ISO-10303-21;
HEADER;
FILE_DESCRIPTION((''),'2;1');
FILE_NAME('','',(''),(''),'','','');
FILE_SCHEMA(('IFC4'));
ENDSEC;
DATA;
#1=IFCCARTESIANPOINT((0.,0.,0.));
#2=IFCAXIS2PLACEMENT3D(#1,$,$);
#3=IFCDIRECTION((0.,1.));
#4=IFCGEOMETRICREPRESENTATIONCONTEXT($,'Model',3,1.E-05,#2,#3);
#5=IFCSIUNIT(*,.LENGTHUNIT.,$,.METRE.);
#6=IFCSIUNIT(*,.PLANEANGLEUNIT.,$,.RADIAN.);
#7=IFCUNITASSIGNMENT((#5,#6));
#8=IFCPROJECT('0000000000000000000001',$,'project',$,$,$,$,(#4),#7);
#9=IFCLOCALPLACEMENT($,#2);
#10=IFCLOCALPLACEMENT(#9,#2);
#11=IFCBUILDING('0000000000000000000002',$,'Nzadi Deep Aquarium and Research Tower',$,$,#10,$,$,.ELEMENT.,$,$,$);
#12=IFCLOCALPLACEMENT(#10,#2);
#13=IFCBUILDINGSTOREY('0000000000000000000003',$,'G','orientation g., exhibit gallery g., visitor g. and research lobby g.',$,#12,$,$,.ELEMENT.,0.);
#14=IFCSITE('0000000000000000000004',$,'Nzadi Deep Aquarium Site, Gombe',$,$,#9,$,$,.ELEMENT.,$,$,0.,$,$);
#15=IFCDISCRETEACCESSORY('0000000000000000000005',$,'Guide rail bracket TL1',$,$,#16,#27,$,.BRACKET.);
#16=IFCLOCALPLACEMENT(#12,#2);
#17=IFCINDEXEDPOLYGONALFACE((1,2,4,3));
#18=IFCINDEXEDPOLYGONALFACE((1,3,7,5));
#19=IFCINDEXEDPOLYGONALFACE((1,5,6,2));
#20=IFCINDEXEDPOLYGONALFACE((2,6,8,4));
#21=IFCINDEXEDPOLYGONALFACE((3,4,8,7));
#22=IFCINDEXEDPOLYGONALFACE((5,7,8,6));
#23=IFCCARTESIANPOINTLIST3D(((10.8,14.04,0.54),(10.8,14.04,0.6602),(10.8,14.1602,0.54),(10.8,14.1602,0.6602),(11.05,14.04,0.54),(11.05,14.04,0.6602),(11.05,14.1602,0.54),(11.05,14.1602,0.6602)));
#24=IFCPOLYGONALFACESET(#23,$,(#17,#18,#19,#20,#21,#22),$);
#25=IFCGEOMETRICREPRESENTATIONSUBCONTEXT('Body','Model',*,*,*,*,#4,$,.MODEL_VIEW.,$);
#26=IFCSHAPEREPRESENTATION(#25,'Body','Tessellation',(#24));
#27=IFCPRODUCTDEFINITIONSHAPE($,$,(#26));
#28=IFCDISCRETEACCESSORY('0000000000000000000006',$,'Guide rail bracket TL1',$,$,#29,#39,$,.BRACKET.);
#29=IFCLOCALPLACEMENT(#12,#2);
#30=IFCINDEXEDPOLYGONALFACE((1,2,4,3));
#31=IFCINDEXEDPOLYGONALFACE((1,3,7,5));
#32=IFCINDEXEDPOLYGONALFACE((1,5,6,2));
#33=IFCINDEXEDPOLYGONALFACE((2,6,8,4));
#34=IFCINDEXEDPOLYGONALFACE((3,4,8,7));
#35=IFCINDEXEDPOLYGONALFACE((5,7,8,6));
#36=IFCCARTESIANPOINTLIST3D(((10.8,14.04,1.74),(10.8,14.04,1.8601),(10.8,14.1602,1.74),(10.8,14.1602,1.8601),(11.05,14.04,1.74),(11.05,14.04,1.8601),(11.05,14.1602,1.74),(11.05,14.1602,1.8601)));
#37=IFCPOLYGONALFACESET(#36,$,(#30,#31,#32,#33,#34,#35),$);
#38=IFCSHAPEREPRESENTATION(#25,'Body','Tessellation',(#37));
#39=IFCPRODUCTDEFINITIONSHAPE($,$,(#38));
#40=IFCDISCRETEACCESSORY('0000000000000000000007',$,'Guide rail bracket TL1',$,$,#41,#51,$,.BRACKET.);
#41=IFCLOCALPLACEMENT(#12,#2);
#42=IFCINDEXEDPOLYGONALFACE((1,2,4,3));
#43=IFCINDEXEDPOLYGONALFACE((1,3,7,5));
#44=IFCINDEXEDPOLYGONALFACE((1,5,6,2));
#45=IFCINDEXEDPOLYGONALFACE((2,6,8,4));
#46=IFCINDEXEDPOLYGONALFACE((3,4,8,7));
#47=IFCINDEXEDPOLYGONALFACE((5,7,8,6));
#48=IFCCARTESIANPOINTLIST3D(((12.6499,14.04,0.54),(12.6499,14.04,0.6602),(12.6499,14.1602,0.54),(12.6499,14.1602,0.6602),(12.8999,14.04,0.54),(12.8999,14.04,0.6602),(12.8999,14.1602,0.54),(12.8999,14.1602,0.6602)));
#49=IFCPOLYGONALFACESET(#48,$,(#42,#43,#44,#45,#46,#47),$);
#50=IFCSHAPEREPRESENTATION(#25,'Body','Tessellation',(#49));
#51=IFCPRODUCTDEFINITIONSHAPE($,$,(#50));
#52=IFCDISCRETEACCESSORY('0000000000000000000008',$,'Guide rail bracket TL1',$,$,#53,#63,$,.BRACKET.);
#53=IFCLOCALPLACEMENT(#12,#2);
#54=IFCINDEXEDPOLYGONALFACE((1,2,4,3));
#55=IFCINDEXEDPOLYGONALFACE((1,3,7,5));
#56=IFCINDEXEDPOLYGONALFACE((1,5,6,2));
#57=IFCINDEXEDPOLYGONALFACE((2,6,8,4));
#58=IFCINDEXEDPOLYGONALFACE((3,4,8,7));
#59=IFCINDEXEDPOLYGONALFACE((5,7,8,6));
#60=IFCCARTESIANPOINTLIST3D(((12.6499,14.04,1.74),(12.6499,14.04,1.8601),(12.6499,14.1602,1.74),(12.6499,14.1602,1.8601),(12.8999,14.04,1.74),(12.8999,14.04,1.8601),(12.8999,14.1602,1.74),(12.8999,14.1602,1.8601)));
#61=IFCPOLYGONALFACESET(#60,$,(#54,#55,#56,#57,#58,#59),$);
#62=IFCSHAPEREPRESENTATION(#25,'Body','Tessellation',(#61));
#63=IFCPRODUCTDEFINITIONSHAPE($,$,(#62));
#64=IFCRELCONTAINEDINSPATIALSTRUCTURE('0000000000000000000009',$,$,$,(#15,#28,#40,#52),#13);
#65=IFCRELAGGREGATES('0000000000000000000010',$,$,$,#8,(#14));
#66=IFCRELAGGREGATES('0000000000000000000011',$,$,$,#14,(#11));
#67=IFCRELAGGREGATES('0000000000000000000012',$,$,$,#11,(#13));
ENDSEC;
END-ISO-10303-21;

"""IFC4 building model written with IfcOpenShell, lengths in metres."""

from ifc_helpers import new_model, si_unit, direction, frame, origin, origin_2d, place, context, subcontext, project, spatial, rectangle, extrude, element, save


model = new_model("IFC4")

# Units and contexts
model_context = context("Model", 3, precision=1e-05, world=origin(), true_north=direction((0.0, 1.0)))
body_context = subcontext(model_context, "Body", "Model", "MODEL_VIEW")
ifc_project = project(units=[si_unit("LENGTHUNIT", "METRE"), si_unit("PLANEANGLEUNIT", "RADIAN")], contexts=[model_context])

# Site, building, storey
site_placement = place(None, origin())
site = spatial("IfcSite", under=ifc_project, at=site_placement, Name="Nzadi Deep Aquarium Site, Gombe", CompositionType="ELEMENT", RefElevation=0.0)
building_placement = place(site_placement, origin())
building = spatial("IfcBuilding", under=site, at=building_placement, Name="Nzadi Deep Aquarium and Research Tower", CompositionType="ELEMENT")
storey_placement = place(building_placement, origin())
storey = spatial("IfcBuildingStorey", under=building, at=storey_placement, Name="G", Description="orientation g., exhibit gallery g., visitor g. and research lobby g.", CompositionType="ELEMENT", Elevation=0.0)

# Discrete accessories
for number, where, z_axis, x_axis, name in (
    (1, (10.925, 14.1001, 0.54), (0.0, 0.0, 1.0), (1.0, 0.0, 0.0), "Guide rail bracket TL1"),
    (2, (10.925, 14.1001, 1.74), (0.0, 0.0, 1.0), (1.0, 0.0, 0.0), "Guide rail bracket TL1"),
    (3, (12.7749, 14.1001, 0.54), (0.0, 0.0, 1.0), (1.0, 0.0, 0.0), "Guide rail bracket TL1"),
    (4, (12.7749, 14.1001, 1.74), (0.0, 0.0, 1.0), (1.0, 0.0, 0.0), "Guide rail bracket TL1"),
):
    element("IfcDiscreteAccessory", number, at=place(storey_placement, frame(where, z_axis=z_axis, x_axis=x_axis)), inside=storey, Name=name, PredefinedType="BRACKET", context=body_context, shape_type="SweptSolid", body=[
        extrude(rectangle(XDim=0.25, YDim=0.1201, at=origin_2d()), origin(), (0.0, 0.0, 1.0), 0.1201),
    ])

save(model, "model.ifc")
